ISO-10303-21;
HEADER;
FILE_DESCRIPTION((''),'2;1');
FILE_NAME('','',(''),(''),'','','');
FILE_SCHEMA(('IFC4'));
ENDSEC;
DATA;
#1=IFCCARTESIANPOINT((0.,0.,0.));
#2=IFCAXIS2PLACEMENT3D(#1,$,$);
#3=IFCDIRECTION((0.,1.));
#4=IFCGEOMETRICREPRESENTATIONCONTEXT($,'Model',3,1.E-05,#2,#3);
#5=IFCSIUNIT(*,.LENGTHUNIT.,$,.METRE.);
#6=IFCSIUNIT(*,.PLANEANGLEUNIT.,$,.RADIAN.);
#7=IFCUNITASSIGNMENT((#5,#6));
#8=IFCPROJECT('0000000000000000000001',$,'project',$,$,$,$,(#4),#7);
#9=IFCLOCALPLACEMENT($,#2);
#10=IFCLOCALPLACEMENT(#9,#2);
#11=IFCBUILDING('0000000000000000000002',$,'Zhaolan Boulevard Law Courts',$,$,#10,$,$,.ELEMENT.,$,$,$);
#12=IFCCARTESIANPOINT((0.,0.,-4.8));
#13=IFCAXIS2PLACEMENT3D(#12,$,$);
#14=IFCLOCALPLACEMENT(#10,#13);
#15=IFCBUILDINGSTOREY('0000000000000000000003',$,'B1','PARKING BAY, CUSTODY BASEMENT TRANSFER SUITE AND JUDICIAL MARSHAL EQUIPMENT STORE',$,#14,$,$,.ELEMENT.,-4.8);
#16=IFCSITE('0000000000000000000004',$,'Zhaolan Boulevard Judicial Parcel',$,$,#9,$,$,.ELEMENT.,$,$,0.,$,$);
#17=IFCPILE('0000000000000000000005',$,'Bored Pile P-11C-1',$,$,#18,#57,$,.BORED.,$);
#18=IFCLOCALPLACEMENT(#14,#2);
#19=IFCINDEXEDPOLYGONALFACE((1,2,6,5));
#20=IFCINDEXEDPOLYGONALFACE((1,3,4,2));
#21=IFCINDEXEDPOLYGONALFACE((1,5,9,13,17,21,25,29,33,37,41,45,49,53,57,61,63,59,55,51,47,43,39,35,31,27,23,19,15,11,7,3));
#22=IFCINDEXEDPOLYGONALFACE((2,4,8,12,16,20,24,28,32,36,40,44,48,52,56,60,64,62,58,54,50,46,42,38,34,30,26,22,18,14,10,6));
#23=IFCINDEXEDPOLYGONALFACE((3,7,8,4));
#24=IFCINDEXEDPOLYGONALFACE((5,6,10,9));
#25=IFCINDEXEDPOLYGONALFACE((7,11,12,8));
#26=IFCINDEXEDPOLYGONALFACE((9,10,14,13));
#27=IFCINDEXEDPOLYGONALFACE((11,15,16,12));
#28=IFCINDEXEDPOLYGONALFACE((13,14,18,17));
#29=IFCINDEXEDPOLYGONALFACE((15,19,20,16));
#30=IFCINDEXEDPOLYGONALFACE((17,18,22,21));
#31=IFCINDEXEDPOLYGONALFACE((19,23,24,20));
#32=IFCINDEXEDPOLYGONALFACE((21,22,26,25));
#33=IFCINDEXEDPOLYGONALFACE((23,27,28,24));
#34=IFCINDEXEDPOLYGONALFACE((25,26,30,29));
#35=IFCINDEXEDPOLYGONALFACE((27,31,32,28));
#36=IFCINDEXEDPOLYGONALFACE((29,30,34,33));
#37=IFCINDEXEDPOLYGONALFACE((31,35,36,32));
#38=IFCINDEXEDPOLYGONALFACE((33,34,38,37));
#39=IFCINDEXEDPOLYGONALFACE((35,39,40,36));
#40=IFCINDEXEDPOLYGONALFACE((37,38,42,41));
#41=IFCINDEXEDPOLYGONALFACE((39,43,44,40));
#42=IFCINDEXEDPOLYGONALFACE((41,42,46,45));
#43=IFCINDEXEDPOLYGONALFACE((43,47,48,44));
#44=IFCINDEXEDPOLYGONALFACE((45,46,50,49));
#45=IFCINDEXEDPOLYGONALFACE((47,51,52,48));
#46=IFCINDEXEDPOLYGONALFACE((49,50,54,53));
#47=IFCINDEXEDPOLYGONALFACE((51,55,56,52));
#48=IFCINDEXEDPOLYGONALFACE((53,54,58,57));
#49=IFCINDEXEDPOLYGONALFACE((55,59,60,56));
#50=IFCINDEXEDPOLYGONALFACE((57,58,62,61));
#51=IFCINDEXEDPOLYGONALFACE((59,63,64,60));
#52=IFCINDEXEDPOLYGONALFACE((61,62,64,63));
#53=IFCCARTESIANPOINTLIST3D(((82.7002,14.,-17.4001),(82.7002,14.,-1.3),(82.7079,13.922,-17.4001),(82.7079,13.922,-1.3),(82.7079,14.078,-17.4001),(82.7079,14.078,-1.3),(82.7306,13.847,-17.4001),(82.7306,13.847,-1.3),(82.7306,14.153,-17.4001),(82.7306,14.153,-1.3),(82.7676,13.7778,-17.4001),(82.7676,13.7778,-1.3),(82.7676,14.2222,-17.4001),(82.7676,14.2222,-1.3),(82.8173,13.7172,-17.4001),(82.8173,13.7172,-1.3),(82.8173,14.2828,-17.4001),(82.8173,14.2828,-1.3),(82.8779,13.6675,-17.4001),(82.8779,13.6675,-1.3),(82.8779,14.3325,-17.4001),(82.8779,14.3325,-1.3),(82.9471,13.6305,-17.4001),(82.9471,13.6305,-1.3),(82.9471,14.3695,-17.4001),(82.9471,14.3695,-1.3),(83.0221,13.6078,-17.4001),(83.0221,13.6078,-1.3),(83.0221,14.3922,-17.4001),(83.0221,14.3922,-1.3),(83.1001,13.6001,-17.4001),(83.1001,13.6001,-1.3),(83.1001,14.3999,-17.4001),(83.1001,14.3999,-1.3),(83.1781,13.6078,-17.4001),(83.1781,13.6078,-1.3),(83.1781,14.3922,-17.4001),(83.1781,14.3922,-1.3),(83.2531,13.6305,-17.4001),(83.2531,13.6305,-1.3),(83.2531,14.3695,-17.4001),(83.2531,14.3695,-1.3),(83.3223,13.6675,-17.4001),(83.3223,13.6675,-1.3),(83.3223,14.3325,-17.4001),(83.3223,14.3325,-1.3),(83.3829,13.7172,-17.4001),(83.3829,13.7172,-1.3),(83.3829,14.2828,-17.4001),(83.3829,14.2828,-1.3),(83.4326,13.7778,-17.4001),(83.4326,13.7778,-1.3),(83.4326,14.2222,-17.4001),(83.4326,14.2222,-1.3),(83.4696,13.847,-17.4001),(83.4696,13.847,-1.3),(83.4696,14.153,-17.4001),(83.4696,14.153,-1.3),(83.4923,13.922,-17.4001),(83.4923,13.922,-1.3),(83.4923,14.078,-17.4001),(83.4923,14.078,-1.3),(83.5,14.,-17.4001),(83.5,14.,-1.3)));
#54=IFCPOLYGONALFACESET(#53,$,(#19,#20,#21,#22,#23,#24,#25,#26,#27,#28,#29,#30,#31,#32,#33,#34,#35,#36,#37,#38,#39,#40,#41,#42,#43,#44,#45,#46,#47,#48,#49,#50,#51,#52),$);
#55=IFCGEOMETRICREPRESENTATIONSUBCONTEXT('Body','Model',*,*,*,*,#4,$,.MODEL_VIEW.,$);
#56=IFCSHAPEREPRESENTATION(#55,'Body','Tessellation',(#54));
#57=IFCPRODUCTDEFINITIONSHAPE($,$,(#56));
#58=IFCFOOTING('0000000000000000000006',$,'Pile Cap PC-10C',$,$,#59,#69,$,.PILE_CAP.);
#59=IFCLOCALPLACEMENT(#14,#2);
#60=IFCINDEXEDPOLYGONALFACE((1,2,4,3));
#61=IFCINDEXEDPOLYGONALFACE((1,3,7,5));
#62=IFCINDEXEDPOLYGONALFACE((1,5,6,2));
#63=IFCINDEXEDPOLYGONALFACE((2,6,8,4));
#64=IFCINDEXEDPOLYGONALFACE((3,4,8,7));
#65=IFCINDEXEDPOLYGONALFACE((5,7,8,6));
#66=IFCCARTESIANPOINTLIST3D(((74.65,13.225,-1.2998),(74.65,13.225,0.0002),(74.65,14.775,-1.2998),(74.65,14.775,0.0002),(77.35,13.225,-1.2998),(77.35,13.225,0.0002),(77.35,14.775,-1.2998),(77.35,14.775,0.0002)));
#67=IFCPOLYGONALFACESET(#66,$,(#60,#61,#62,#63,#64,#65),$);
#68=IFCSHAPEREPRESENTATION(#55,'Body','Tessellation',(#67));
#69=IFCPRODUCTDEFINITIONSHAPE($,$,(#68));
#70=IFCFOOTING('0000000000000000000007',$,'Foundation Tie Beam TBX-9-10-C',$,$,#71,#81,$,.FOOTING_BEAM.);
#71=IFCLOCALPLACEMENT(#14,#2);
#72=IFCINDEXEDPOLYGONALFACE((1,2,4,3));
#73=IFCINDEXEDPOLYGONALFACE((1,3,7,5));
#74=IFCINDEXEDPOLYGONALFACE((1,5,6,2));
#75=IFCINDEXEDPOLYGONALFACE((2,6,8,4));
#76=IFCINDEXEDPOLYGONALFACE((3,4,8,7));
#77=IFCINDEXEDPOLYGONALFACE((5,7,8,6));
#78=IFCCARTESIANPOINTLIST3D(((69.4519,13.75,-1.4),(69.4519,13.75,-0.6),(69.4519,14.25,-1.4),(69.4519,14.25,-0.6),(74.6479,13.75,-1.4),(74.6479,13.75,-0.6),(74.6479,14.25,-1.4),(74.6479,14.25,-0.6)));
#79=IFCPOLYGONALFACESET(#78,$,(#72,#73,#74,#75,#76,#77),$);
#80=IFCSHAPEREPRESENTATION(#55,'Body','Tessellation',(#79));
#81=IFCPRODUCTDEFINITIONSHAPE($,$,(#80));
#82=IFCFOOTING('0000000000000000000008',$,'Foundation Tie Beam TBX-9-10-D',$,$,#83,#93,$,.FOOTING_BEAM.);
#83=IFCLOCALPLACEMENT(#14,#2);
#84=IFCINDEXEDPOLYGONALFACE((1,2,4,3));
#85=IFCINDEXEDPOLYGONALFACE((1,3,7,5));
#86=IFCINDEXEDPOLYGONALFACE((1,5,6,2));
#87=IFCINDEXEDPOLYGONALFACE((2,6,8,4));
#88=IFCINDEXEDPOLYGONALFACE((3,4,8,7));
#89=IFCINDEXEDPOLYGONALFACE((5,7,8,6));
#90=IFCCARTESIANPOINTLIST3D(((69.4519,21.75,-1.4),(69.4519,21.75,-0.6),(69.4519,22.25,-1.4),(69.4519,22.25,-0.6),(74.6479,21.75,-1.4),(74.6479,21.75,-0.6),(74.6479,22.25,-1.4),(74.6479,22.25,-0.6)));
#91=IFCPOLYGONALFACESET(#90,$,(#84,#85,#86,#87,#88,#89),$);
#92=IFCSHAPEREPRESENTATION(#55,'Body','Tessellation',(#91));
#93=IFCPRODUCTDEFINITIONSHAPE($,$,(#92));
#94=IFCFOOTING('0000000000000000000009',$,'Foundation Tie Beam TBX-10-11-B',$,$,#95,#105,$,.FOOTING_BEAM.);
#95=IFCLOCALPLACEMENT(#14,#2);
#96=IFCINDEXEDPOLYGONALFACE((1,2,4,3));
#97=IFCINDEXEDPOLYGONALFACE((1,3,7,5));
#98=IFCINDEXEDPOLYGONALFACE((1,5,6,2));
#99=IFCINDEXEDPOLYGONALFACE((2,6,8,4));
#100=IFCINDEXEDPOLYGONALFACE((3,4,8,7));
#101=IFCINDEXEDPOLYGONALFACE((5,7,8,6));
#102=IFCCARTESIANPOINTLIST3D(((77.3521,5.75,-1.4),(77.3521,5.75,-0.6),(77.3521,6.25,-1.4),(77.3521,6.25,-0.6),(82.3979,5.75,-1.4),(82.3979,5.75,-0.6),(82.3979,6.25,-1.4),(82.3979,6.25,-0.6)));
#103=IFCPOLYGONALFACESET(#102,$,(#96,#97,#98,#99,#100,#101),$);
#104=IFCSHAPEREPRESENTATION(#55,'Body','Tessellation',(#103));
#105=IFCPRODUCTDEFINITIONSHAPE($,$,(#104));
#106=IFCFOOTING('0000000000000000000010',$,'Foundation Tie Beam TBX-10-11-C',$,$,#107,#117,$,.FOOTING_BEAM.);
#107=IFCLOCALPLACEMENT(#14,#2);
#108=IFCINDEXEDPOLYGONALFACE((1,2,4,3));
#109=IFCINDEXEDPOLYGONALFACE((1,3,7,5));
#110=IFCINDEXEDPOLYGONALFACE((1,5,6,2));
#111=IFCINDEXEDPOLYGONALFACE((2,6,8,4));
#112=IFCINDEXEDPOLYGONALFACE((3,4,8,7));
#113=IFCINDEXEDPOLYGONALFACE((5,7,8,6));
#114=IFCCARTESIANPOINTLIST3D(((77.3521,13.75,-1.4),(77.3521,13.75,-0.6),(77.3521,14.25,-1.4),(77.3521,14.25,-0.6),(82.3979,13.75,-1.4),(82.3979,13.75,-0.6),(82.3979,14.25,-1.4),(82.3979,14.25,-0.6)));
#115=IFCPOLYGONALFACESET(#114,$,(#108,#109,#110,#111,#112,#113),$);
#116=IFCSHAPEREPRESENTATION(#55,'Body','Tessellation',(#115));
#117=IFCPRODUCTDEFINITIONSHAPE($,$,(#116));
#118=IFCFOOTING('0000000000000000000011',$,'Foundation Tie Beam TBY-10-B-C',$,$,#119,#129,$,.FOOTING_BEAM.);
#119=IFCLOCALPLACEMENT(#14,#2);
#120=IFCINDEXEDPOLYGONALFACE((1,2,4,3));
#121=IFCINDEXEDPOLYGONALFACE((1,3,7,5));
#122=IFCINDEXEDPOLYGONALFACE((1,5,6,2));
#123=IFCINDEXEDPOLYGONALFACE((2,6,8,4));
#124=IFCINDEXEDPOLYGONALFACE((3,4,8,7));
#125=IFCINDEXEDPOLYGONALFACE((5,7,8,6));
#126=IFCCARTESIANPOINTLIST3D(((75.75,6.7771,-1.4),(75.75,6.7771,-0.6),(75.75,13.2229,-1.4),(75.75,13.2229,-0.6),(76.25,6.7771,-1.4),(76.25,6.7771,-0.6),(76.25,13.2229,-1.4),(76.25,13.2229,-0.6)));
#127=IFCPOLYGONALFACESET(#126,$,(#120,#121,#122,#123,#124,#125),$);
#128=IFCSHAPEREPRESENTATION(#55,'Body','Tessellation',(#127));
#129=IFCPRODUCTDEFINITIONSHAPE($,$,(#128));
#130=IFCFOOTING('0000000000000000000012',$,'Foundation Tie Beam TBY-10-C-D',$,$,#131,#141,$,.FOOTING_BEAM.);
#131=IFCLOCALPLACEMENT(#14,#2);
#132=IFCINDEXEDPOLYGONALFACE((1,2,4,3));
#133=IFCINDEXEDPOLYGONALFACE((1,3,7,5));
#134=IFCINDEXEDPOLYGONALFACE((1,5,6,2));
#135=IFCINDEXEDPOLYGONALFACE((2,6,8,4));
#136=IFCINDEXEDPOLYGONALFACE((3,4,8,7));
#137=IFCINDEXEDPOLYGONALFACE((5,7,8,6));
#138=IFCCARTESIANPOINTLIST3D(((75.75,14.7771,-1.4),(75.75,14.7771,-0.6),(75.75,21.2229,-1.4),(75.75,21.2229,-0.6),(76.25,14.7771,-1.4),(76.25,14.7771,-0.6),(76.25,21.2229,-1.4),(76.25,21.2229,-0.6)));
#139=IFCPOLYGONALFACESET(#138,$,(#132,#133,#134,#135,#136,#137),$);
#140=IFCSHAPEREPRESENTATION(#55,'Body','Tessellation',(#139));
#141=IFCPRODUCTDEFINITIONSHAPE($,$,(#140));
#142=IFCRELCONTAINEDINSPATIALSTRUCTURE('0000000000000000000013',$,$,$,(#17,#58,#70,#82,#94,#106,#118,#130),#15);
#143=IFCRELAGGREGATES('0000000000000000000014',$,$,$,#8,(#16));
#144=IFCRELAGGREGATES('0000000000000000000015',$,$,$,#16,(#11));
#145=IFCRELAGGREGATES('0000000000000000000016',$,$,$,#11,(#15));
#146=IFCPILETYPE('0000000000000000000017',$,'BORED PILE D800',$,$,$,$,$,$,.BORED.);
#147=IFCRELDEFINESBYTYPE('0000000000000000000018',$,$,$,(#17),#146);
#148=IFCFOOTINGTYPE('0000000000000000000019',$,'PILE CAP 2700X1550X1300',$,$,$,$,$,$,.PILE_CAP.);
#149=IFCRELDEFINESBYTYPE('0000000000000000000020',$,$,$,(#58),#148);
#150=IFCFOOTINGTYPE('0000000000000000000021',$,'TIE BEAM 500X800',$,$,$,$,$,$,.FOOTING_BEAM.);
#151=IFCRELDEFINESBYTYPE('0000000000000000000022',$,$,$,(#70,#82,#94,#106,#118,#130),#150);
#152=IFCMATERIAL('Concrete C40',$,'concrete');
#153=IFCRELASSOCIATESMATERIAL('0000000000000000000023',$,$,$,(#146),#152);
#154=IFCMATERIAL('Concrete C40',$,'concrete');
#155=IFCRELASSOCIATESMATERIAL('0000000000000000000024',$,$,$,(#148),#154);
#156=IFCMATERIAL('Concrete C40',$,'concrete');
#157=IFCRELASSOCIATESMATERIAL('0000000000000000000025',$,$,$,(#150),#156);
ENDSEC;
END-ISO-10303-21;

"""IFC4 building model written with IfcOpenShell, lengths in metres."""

from ifc_helpers import new_model, si_unit, direction, frame, origin, origin_2d, place, context, subcontext, project, spatial, rectangle, circle, extrude, material, material_profile, profile_set, type_object, element, save


model = new_model("IFC4")

# Units and contexts
model_context = context("Model", 3, precision=1e-05, world=origin(), true_north=direction((0.0, 1.0)))
body_context = subcontext(model_context, "Body", "Model", "MODEL_VIEW")
ifc_project = project(units=[si_unit("LENGTHUNIT", "METRE"), si_unit("PLANEANGLEUNIT", "RADIAN")], contexts=[model_context])

# Site, building, storey
site_placement = place(None, origin())
site = spatial("IfcSite", under=ifc_project, at=site_placement, Name="Zhaolan Boulevard Judicial Parcel", CompositionType="ELEMENT", RefElevation=0.0)
building_placement = place(site_placement, origin())
building = spatial("IfcBuilding", under=site, at=building_placement, Name="Zhaolan Boulevard Law Courts", CompositionType="ELEMENT")
storey_placement = place(building_placement, frame((0.0, 0.0, -4.8)))
storey = spatial("IfcBuildingStorey", under=building, at=storey_placement, Name="B1", Description="PARKING BAY, CUSTODY BASEMENT TRANSFER SUITE AND JUDICIAL MARSHAL EQUIPMENT STORE", CompositionType="ELEMENT", Elevation=-4.8)

# Pile
ifc_material_1 = material(Name="Concrete C40", Category="concrete")
ifc_material_profile_1 = material_profile(ifc_material_1, circle(Radius=0.3999, at=origin_2d()), Name="PILE-D800")
ifc_profile_set_1 = profile_set([ifc_material_profile_1], Name="Concrete C40")
pile_type_1 = type_object("IfcPileType", Name="BORED PILE D800", PredefinedType="BORED", material=ifc_profile_set_1)
for number, where, z_axis, x_axis, name in (
    (1, (83.1001, 14.0, -1.3), (0.0, 0.0, -1.0), (1.0, 0.0, 0.0), "Bored Pile P-11C-1"),
):
    element("IfcPile", number, at=place(storey_placement, frame(where, z_axis=z_axis, x_axis=x_axis)), inside=storey, type_object=pile_type_1, Name=name, PredefinedType="BORED", context=body_context, shape_type="SweptSolid", body=[
        extrude(circle(Radius=0.3999, at=origin_2d()), origin(), (0.0, 0.0, 1.0), 16.1001),
    ])

# Footings
ifc_material_2 = material(Name="Concrete C40", Category="concrete")
footing_type_1 = type_object("IfcFootingType", Name="PILE CAP 2700X1550X1300", PredefinedType="PILE_CAP", material=ifc_material_2)
footing_placement = place(storey_placement, frame((76.0, 14.0, -1.2998), z_axis=(0.0, 0.0, 1.0), x_axis=(1.0, 0.0, 0.0)))
element("IfcFooting", 2, at=footing_placement, inside=storey, type_object=footing_type_1, Name="Pile Cap PC-10C", PredefinedType="PILE_CAP", context=body_context, shape_type="SweptSolid", body=[
    extrude(rectangle(XDim=2.7, YDim=1.55, at=origin_2d()), origin(), (0.0, 0.0, 1.0), 1.3),
])
ifc_material_3 = material(Name="Concrete C40", Category="concrete")
ifc_material_profile_2 = material_profile(ifc_material_3, rectangle(XDim=0.5, YDim=0.8, at=origin_2d()), Name="RC500x800")
ifc_profile_set_2 = profile_set([ifc_material_profile_2], Name="Concrete C40")
footing_type_2 = type_object("IfcFootingType", Name="TIE BEAM 500X800", PredefinedType="FOOTING_BEAM", material=ifc_profile_set_2)
for number, where, z_axis, x_axis, name in (
    (3, (69.4519, 14.0, -1.0), (1.0, 0.0, 0.0), (0.0, 1.0, 0.0), "Foundation Tie Beam TBX-9-10-C"),
    (4, (69.4519, 22.0, -1.0), (1.0, 0.0, 0.0), (0.0, 1.0, 0.0), "Foundation Tie Beam TBX-9-10-D"),
):
    element("IfcFooting", number, at=place(storey_placement, frame(where, z_axis=z_axis, x_axis=x_axis)), inside=storey, type_object=footing_type_2, Name=name, PredefinedType="FOOTING_BEAM", context=body_context, shape_type="SweptSolid", body=[
        extrude(rectangle(XDim=0.5, YDim=0.8, at=origin_2d()), origin(), (0.0, 0.0, 1.0), 5.196),
    ])
for number, where, z_axis, x_axis, name in (
    (5, (77.3521, 6.0, -1.0), (1.0, 0.0, 0.0), (0.0, 1.0, 0.0), "Foundation Tie Beam TBX-10-11-B"),
    (6, (77.3521, 14.0, -1.0), (1.0, 0.0, 0.0), (0.0, 1.0, 0.0), "Foundation Tie Beam TBX-10-11-C"),
):
    element("IfcFooting", number, at=place(storey_placement, frame(where, z_axis=z_axis, x_axis=x_axis)), inside=storey, type_object=footing_type_2, Name=name, PredefinedType="FOOTING_BEAM", context=body_context, shape_type="SweptSolid", body=[
        extrude(rectangle(XDim=0.5, YDim=0.8, at=origin_2d()), origin(), (0.0, 0.0, 1.0), 5.0459),
    ])
for number, where, z_axis, x_axis, name in (
    (7, (76.0, 6.7771, -1.0), (0.0, 1.0, 0.0), (-1.0, 0.0, 0.0), "Foundation Tie Beam TBY-10-B-C"),
    (8, (76.0, 14.7771, -1.0), (0.0, 1.0, 0.0), (-1.0, 0.0, 0.0), "Foundation Tie Beam TBY-10-C-D"),
):
    element("IfcFooting", number, at=place(storey_placement, frame(where, z_axis=z_axis, x_axis=x_axis)), inside=storey, type_object=footing_type_2, Name=name, PredefinedType="FOOTING_BEAM", context=body_context, shape_type="SweptSolid", body=[
        extrude(rectangle(XDim=0.5, YDim=0.8, at=origin_2d()), origin(), (0.0, 0.0, 1.0), 6.4458),
    ])

save(model, "model.ifc")
